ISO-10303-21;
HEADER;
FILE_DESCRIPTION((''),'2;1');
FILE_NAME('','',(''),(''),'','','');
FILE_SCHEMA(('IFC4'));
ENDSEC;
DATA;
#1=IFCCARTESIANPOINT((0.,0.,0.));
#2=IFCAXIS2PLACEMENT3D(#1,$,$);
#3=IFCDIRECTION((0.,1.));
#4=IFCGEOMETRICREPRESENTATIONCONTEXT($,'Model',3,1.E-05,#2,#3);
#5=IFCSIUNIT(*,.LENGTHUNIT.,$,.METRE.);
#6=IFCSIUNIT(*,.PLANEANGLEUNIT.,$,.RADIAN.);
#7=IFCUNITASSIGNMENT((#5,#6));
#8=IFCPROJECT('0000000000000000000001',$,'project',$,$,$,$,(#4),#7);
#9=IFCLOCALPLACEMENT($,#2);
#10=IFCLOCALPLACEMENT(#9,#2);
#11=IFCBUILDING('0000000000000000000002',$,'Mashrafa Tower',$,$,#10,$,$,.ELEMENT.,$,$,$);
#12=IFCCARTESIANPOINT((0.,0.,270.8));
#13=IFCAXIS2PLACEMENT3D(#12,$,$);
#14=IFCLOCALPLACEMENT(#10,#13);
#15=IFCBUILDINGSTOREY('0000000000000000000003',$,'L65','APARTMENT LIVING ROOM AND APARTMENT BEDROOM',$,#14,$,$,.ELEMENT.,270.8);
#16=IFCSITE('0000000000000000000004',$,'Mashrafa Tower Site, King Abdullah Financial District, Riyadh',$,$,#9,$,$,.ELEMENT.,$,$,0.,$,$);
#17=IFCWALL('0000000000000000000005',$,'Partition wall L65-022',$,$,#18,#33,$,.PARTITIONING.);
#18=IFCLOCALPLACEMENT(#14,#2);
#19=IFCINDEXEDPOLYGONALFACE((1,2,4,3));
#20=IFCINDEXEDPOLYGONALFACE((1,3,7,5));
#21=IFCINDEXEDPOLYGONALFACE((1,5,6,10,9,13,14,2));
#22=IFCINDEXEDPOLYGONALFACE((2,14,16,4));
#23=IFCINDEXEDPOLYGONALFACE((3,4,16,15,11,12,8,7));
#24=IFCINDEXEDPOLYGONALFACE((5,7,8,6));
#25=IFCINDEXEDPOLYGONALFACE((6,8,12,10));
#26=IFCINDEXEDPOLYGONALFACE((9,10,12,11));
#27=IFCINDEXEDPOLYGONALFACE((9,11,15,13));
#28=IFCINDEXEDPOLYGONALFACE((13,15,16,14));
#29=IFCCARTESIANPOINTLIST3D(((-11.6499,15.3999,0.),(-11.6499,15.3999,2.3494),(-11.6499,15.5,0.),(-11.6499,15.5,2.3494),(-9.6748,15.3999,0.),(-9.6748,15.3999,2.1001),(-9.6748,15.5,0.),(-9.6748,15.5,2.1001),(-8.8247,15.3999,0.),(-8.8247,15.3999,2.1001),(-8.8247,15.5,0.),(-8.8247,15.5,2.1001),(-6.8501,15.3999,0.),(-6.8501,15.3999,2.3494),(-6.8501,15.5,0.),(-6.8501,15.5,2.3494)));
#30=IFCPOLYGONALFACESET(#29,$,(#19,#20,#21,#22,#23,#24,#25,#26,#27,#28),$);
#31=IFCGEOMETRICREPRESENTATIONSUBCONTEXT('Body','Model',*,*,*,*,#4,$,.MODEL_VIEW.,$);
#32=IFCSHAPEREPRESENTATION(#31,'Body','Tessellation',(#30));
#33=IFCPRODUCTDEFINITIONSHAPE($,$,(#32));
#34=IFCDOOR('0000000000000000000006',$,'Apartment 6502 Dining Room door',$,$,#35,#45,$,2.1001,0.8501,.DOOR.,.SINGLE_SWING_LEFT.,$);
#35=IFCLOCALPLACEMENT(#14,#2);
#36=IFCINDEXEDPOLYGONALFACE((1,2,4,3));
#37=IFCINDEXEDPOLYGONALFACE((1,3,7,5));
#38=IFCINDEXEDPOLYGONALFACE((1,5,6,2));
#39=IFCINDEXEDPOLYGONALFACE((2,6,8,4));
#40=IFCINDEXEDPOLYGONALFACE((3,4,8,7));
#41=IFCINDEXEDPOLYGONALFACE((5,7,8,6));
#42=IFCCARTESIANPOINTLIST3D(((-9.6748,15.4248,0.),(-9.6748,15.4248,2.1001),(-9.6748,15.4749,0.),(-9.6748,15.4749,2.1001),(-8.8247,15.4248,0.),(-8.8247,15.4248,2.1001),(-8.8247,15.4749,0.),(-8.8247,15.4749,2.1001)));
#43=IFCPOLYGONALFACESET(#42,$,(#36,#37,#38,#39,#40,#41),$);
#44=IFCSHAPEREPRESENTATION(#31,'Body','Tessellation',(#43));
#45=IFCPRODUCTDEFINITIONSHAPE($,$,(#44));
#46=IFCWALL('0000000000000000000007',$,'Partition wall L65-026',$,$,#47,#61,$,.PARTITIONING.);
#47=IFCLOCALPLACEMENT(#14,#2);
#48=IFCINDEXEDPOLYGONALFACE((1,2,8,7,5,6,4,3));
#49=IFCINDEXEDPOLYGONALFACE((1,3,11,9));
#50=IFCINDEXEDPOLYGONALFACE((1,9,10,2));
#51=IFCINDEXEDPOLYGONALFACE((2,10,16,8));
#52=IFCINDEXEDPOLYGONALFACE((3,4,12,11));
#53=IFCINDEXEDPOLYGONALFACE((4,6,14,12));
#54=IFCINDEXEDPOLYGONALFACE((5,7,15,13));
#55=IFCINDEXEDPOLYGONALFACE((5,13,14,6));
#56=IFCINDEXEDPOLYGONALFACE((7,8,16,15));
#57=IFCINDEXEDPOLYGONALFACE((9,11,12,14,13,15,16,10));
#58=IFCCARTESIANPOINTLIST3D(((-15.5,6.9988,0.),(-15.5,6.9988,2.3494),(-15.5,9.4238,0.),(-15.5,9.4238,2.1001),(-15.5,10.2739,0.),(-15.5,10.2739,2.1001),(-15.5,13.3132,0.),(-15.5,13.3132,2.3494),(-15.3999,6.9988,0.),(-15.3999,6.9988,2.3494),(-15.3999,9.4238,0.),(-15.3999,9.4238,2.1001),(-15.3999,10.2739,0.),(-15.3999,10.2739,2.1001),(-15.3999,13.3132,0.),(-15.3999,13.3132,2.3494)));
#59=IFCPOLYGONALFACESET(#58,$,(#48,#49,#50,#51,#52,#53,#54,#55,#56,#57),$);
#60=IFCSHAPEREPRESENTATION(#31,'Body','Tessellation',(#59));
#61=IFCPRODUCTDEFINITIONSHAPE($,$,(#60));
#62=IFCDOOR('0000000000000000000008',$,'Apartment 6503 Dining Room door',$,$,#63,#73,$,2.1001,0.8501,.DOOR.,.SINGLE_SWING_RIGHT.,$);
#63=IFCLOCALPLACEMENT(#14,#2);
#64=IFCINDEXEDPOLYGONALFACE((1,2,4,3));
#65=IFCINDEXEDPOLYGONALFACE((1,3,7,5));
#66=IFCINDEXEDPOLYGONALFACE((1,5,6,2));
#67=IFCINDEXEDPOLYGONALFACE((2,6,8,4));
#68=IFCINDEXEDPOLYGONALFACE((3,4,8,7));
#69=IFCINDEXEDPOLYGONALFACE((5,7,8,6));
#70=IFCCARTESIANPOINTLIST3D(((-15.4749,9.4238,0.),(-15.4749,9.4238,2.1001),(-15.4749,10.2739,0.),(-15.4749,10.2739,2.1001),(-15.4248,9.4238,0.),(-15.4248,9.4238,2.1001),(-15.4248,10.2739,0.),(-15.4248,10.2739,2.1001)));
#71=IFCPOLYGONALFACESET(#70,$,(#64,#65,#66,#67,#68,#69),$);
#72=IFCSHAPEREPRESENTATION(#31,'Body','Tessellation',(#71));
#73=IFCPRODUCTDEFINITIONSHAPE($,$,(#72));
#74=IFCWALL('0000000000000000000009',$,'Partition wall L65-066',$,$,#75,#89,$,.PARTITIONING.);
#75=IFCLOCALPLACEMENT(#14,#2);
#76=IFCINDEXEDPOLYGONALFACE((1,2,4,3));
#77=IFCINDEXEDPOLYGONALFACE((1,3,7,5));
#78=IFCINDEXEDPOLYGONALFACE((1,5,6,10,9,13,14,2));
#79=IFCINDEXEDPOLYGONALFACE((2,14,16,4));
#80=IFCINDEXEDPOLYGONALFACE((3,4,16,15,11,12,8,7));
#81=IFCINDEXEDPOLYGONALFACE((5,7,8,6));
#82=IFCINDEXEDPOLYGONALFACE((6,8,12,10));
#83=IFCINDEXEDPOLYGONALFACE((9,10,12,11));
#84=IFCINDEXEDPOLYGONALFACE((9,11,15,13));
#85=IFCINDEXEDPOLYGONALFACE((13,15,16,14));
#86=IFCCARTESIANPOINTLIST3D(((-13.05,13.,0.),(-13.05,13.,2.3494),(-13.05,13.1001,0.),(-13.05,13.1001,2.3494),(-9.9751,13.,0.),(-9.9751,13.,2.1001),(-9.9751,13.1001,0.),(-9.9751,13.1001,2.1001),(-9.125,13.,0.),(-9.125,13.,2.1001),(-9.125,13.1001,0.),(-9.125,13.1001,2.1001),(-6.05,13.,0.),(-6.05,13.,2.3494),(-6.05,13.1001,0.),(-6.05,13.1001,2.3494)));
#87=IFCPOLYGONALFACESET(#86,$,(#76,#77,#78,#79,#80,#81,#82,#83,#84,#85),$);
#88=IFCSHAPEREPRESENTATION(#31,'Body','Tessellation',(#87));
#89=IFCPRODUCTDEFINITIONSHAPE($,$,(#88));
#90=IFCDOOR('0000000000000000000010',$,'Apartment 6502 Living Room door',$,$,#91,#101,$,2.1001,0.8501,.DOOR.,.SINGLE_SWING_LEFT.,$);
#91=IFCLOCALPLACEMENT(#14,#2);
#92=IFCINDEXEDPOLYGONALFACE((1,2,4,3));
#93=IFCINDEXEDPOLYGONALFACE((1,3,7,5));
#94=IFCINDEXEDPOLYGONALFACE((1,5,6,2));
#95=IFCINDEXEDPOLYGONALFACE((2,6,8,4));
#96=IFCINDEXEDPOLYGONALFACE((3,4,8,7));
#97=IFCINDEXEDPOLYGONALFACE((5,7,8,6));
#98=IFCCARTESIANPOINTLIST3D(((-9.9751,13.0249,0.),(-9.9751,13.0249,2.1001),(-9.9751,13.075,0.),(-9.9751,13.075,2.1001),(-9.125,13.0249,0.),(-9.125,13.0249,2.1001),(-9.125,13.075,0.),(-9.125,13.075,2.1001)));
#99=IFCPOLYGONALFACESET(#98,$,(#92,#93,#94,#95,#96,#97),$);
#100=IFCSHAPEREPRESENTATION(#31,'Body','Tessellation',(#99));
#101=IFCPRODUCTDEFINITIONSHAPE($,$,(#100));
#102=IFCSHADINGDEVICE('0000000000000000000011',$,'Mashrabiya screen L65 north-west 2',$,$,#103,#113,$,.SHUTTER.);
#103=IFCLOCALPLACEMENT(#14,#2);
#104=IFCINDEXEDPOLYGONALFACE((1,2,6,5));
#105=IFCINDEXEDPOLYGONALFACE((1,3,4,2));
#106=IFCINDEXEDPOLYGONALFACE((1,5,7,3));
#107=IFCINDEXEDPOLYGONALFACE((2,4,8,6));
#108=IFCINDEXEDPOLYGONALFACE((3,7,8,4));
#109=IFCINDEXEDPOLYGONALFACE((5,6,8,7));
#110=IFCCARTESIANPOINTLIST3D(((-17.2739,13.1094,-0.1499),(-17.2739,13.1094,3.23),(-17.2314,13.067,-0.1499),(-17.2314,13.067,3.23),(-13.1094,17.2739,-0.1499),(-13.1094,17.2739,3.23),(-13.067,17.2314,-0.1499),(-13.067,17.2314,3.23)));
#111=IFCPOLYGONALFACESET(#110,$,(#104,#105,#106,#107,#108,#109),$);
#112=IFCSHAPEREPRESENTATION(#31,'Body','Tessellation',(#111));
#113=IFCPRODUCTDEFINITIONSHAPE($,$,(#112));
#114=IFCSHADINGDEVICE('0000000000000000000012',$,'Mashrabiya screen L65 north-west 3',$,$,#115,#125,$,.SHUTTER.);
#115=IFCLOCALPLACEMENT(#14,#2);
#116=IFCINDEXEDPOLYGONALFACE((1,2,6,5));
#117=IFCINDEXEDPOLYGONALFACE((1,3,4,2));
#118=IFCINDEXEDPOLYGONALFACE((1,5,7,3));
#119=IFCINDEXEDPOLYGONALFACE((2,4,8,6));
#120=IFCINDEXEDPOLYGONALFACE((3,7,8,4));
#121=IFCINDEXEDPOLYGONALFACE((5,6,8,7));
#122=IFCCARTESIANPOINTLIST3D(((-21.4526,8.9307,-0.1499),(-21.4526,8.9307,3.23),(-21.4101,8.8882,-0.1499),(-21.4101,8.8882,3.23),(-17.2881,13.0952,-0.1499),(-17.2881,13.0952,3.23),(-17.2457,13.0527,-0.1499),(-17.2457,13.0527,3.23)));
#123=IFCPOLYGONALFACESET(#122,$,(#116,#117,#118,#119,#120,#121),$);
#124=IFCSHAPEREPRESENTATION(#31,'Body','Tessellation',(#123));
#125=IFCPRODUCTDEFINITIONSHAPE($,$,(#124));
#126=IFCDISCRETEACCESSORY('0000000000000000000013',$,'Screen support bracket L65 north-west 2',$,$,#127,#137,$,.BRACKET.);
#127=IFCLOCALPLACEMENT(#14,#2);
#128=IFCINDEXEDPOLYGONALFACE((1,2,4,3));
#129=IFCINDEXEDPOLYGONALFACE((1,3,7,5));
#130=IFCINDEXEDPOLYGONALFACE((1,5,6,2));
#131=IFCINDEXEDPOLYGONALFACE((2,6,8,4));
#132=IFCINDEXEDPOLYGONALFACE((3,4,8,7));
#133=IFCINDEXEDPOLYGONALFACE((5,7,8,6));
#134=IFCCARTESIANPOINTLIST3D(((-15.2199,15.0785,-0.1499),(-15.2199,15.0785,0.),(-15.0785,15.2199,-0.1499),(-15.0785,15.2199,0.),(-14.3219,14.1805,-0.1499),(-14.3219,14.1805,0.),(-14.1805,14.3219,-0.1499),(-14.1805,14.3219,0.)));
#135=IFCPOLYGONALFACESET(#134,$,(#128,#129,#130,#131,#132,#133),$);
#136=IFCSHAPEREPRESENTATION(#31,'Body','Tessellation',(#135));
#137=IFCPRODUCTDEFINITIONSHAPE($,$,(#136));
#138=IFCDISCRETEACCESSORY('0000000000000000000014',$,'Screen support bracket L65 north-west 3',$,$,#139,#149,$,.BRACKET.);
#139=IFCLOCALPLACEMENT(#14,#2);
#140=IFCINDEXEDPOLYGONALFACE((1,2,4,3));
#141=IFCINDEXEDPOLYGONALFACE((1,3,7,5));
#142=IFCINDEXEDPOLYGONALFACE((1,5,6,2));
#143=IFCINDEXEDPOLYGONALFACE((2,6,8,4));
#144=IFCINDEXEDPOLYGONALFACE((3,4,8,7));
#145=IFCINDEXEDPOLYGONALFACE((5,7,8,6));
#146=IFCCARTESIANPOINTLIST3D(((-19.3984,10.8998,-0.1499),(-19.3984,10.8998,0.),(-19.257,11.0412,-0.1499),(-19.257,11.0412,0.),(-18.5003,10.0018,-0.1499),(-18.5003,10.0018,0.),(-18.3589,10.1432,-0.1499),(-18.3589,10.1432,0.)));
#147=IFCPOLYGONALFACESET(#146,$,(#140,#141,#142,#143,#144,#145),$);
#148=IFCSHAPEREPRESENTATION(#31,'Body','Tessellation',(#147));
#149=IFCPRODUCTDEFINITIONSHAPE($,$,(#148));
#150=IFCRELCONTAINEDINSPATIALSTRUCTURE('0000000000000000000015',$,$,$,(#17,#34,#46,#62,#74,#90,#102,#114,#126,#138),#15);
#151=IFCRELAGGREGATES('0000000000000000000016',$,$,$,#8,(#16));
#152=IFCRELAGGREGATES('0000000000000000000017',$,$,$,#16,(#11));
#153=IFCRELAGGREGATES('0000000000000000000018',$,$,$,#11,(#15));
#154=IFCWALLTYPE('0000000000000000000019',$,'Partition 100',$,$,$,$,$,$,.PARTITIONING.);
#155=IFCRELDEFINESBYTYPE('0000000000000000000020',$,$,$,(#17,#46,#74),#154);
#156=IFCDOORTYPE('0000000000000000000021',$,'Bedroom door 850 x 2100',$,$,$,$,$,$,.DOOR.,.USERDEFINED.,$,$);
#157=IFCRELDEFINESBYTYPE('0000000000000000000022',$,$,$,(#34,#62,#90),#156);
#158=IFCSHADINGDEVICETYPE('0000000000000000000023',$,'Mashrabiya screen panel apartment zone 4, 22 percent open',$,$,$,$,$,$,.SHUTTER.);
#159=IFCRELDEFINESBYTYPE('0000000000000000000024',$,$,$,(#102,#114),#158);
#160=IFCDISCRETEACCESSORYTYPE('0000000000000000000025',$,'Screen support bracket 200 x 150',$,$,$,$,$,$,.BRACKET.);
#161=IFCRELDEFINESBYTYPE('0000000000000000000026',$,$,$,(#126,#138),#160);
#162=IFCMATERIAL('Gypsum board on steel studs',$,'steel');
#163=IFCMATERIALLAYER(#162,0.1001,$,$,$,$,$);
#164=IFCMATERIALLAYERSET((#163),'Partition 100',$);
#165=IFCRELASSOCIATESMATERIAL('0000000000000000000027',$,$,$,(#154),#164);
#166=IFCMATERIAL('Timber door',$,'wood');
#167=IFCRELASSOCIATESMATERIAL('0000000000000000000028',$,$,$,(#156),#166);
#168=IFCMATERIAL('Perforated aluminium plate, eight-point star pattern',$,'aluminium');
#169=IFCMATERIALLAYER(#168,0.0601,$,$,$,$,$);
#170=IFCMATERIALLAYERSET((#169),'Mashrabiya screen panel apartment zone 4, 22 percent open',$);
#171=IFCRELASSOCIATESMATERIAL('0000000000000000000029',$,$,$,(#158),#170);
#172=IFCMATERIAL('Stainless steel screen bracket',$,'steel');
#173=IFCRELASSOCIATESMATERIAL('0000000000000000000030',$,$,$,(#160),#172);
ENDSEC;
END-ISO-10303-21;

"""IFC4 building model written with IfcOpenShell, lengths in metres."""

from ifc_helpers import new_model, si_unit, direction, frame, frame_2d, origin, origin_2d, place, context, subcontext, project, spatial, rectangle, extrude, source, transform, mapped, material, layer, layer_set, type_object, type_shapes, element, fill, save


model = new_model("IFC4")

# Units and contexts
model_context = context("Model", 3, precision=1e-05, world=origin(), true_north=direction((0.0, 1.0)))
body_context = subcontext(model_context, "Body", "Model", "MODEL_VIEW")
ifc_project = project(units=[si_unit("LENGTHUNIT", "METRE"), si_unit("PLANEANGLEUNIT", "RADIAN")], contexts=[model_context])

# Site, building, storey
site_placement = place(None, origin())
site = spatial("IfcSite", under=ifc_project, at=site_placement, Name="Mashrafa Tower Site, King Abdullah Financial District, Riyadh", CompositionType="ELEMENT", RefElevation=0.0)
building_placement = place(site_placement, origin())
building = spatial("IfcBuilding", under=site, at=building_placement, Name="Mashrafa Tower", CompositionType="ELEMENT")
storey_placement = place(building_placement, frame((0.0, 0.0, 270.8)))
storey = spatial("IfcBuildingStorey", under=building, at=storey_placement, Name="L65", Description="APARTMENT LIVING ROOM AND APARTMENT BEDROOM", CompositionType="ELEMENT", Elevation=270.8)

# Shared definitions
ifc_material_1 = material(Name="Gypsum board on steel studs", Category="steel")
ifc_layer_1 = layer(ifc_material_1, 0.1001)
ifc_layer_set_1 = layer_set([ifc_layer_1], Name="Partition 100")
wall_type_1 = type_object("IfcWallType", Name="Partition 100", PredefinedType="PARTITIONING", material=ifc_layer_set_1)

# Walls, openings, doors
wall_1_placement = place(storey_placement, frame((-11.6499, 15.45, 0.0), z_axis=(0.0, 0.0, 1.0), x_axis=(1.0, 0.0, 0.0)))
wall_1 = element("IfcWall", 1, at=wall_1_placement, inside=storey, type_object=wall_type_1, Name="Partition wall L65-022", PredefinedType="PARTITIONING", context=body_context, shape_type="SweptSolid", body=[
    extrude(rectangle(XDim=4.7998, YDim=0.1001, at=frame_2d((2.3999, 0.0))), origin(), (0.0, 0.0, 1.0), 2.3494),
])
opening_1_placement = place(wall_1_placement, frame((1.9751, 0.0, 0.0)))
opening_1 = element("IfcOpeningElement", 2, at=opening_1_placement, cuts=wall_1, PredefinedType="OPENING", context=body_context, shape_type="SweptSolid", body=[
    extrude(rectangle(XDim=0.8501, YDim=2.1001, at=frame_2d((0.425, 1.05))), frame((0.0, 0.0601, 0.0), z_axis=(0.0, -1.0, 0.0), x_axis=(1.0, 0.0, 0.0)), (0.0, 0.0, 1.0), 0.1201),
])
ifc_material_2 = material(Name="Timber door", Category="wood")
door_type = type_object("IfcDoorType", Name="Bedroom door 850 x 2100", OperationType="USERDEFINED", PredefinedType="DOOR", material=ifc_material_2)
door_1_placement = place(opening_1_placement, origin())
door_1 = element("IfcDoor", 3, at=door_1_placement, inside=storey, type_object=door_type, Name="Apartment 6502 Dining Room door", OperationType="SINGLE_SWING_LEFT", OverallHeight=2.1001, OverallWidth=0.8501, PredefinedType="DOOR", context=body_context, shape_type="SweptSolid", body=[
    extrude(rectangle(XDim=0.8501, YDim=2.1001, at=frame_2d((0.425, 1.05))), frame((0.0, 0.0249, 0.0), z_axis=(0.0, -1.0, 0.0), x_axis=(1.0, 0.0, 0.0)), (0.0, 0.0, 1.0), 0.05),
])
fill(opening_1, door_1)
wall_2_placement = place(storey_placement, frame((-15.45, 6.9988, 0.0), z_axis=(0.0, 0.0, 1.0), x_axis=(0.0, 1.0, 0.0)))
wall_2 = element("IfcWall", 4, at=wall_2_placement, inside=storey, type_object=wall_type_1, Name="Partition wall L65-026", PredefinedType="PARTITIONING", context=body_context, shape_type="SweptSolid", body=[
    extrude(rectangle(XDim=6.3145, YDim=0.1001, at=frame_2d((3.1572, 0.0))), origin(), (0.0, 0.0, 1.0), 2.3494),
])
opening_2_placement = place(wall_2_placement, frame((2.425, 0.0, 0.0)))
opening_2 = element("IfcOpeningElement", 5, at=opening_2_placement, cuts=wall_2, PredefinedType="OPENING", context=body_context, shape_type="SweptSolid", body=[
    extrude(rectangle(XDim=0.8501, YDim=2.1001, at=frame_2d((0.425, 1.05))), frame((0.0, 0.0601, 0.0), z_axis=(0.0, -1.0, 0.0), x_axis=(1.0, 0.0, 0.0)), (0.0, 0.0, 1.0), 0.1201),
])
door_2_placement = place(opening_2_placement, origin())
door_2 = element("IfcDoor", 6, at=door_2_placement, inside=storey, type_object=door_type, Name="Apartment 6503 Dining Room door", OperationType="SINGLE_SWING_RIGHT", OverallHeight=2.1001, OverallWidth=0.8501, PredefinedType="DOOR", context=body_context, shape_type="SweptSolid", body=[
    extrude(rectangle(XDim=0.8501, YDim=2.1001, at=frame_2d((0.425, 1.05))), frame((0.0, 0.0249, 0.0), z_axis=(0.0, -1.0, 0.0), x_axis=(1.0, 0.0, 0.0)), (0.0, 0.0, 1.0), 0.05),
])
fill(opening_2, door_2)
wall_3_placement = place(storey_placement, frame((-13.05, 13.05, 0.0), z_axis=(0.0, 0.0, 1.0), x_axis=(1.0, 0.0, 0.0)))
wall_3 = element("IfcWall", 7, at=wall_3_placement, inside=storey, type_object=wall_type_1, Name="Partition wall L65-066", PredefinedType="PARTITIONING", context=body_context, shape_type="SweptSolid", body=[
    extrude(rectangle(XDim=7.0, YDim=0.1001, at=frame_2d((3.5, 0.0))), origin(), (0.0, 0.0, 1.0), 2.3494),
])
opening_3_placement = place(wall_3_placement, frame((3.075, 0.0, 0.0)))
opening_3 = element("IfcOpeningElement", 8, at=opening_3_placement, cuts=wall_3, PredefinedType="OPENING", context=body_context, shape_type="SweptSolid", body=[
    extrude(rectangle(XDim=0.8501, YDim=2.1001, at=frame_2d((0.425, 1.05))), frame((0.0, 0.0601, 0.0), z_axis=(0.0, -1.0, 0.0), x_axis=(1.0, 0.0, 0.0)), (0.0, 0.0, 1.0), 0.1201),
])
door_3_placement = place(opening_3_placement, origin())
door_3 = element("IfcDoor", 9, at=door_3_placement, inside=storey, type_object=door_type, Name="Apartment 6502 Living Room door", OperationType="SINGLE_SWING_LEFT", OverallHeight=2.1001, OverallWidth=0.8501, PredefinedType="DOOR", context=body_context, shape_type="SweptSolid", body=[
    extrude(rectangle(XDim=0.8501, YDim=2.1001, at=frame_2d((0.425, 1.05))), frame((0.0, 0.0249, 0.0), z_axis=(0.0, -1.0, 0.0), x_axis=(1.0, 0.0, 0.0)), (0.0, 0.0, 1.0), 0.05),
])
fill(opening_3, door_3)

# Shading devices
ifc_material_3 = material(Name="Perforated aluminium plate, eight-point star pattern", Category="aluminium")
ifc_layer_2 = layer(ifc_material_3, 0.0601)
ifc_layer_set_2 = layer_set([ifc_layer_2], Name="Mashrabiya screen panel apartment zone 4, 22 percent open")
shading_device_type = type_object("IfcShadingDeviceType", Name="Mashrabiya screen panel apartment zone 4, 22 percent open", PredefinedType="SHUTTER", material=ifc_layer_set_2)
shared_shape_1 = source(origin(), body_context, "Body", "SweptSolid", [
    extrude(rectangle(XDim=5.8894, YDim=0.0601, at=origin_2d()), origin(), (0.0, 0.0, 1.0), 3.3799),
])
type_shapes(shading_device_type, [shared_shape_1])
for number, where, z_axis, x_axis, name in (
    (10, (-15.1704, 15.1704, -0.1499), (0.0, 0.0, 1.0), (-0.707107, -0.707107, 0.0), "Mashrabiya screen L65 north-west 2"),
    (11, (-19.3491, 10.9917, -0.1499), (0.0, 0.0, 1.0), (-0.707107, -0.707107, 0.0), "Mashrabiya screen L65 north-west 3"),
):
    element("IfcShadingDevice", number, at=place(storey_placement, frame(where, z_axis=z_axis, x_axis=x_axis)), inside=storey, type_object=shading_device_type, Name=name, PredefinedType="SHUTTER", context=body_context, shape_type="MappedRepresentation", body=[
        mapped(shared_shape_1, transform((0.0, 0.0, 0.0))),
    ])

# Discrete accessories
ifc_material_4 = material(Name="Stainless steel screen bracket", Category="steel")
discrete_accessory_type = type_object("IfcDiscreteAccessoryType", Name="Screen support bracket 200 x 150", PredefinedType="BRACKET", material=ifc_material_4)
shared_shape_2 = source(origin(), body_context, "Body", "SweptSolid", [
    extrude(rectangle(XDim=0.2, YDim=1.27, at=origin_2d()), origin(), (0.0, 0.0, 1.0), 0.1499),
])
type_shapes(discrete_accessory_type, [shared_shape_2])
for number, where, z_axis, x_axis, name in (
    (12, (-14.7002, 14.7002, -0.1499), (0.0, 0.0, 1.0), (-0.707107, -0.707107, 0.0), "Screen support bracket L65 north-west 2"),
    (13, (-18.8787, 10.5215, -0.1499), (0.0, 0.0, 1.0), (-0.707107, -0.707107, 0.0), "Screen support bracket L65 north-west 3"),
):
    element("IfcDiscreteAccessory", number, at=place(storey_placement, frame(where, z_axis=z_axis, x_axis=x_axis)), inside=storey, type_object=discrete_accessory_type, Name=name, PredefinedType="BRACKET", context=body_context, shape_type="MappedRepresentation", body=[
        mapped(shared_shape_2, transform((0.0, 0.0, 0.0))),
    ])

save(model, "model.ifc")
